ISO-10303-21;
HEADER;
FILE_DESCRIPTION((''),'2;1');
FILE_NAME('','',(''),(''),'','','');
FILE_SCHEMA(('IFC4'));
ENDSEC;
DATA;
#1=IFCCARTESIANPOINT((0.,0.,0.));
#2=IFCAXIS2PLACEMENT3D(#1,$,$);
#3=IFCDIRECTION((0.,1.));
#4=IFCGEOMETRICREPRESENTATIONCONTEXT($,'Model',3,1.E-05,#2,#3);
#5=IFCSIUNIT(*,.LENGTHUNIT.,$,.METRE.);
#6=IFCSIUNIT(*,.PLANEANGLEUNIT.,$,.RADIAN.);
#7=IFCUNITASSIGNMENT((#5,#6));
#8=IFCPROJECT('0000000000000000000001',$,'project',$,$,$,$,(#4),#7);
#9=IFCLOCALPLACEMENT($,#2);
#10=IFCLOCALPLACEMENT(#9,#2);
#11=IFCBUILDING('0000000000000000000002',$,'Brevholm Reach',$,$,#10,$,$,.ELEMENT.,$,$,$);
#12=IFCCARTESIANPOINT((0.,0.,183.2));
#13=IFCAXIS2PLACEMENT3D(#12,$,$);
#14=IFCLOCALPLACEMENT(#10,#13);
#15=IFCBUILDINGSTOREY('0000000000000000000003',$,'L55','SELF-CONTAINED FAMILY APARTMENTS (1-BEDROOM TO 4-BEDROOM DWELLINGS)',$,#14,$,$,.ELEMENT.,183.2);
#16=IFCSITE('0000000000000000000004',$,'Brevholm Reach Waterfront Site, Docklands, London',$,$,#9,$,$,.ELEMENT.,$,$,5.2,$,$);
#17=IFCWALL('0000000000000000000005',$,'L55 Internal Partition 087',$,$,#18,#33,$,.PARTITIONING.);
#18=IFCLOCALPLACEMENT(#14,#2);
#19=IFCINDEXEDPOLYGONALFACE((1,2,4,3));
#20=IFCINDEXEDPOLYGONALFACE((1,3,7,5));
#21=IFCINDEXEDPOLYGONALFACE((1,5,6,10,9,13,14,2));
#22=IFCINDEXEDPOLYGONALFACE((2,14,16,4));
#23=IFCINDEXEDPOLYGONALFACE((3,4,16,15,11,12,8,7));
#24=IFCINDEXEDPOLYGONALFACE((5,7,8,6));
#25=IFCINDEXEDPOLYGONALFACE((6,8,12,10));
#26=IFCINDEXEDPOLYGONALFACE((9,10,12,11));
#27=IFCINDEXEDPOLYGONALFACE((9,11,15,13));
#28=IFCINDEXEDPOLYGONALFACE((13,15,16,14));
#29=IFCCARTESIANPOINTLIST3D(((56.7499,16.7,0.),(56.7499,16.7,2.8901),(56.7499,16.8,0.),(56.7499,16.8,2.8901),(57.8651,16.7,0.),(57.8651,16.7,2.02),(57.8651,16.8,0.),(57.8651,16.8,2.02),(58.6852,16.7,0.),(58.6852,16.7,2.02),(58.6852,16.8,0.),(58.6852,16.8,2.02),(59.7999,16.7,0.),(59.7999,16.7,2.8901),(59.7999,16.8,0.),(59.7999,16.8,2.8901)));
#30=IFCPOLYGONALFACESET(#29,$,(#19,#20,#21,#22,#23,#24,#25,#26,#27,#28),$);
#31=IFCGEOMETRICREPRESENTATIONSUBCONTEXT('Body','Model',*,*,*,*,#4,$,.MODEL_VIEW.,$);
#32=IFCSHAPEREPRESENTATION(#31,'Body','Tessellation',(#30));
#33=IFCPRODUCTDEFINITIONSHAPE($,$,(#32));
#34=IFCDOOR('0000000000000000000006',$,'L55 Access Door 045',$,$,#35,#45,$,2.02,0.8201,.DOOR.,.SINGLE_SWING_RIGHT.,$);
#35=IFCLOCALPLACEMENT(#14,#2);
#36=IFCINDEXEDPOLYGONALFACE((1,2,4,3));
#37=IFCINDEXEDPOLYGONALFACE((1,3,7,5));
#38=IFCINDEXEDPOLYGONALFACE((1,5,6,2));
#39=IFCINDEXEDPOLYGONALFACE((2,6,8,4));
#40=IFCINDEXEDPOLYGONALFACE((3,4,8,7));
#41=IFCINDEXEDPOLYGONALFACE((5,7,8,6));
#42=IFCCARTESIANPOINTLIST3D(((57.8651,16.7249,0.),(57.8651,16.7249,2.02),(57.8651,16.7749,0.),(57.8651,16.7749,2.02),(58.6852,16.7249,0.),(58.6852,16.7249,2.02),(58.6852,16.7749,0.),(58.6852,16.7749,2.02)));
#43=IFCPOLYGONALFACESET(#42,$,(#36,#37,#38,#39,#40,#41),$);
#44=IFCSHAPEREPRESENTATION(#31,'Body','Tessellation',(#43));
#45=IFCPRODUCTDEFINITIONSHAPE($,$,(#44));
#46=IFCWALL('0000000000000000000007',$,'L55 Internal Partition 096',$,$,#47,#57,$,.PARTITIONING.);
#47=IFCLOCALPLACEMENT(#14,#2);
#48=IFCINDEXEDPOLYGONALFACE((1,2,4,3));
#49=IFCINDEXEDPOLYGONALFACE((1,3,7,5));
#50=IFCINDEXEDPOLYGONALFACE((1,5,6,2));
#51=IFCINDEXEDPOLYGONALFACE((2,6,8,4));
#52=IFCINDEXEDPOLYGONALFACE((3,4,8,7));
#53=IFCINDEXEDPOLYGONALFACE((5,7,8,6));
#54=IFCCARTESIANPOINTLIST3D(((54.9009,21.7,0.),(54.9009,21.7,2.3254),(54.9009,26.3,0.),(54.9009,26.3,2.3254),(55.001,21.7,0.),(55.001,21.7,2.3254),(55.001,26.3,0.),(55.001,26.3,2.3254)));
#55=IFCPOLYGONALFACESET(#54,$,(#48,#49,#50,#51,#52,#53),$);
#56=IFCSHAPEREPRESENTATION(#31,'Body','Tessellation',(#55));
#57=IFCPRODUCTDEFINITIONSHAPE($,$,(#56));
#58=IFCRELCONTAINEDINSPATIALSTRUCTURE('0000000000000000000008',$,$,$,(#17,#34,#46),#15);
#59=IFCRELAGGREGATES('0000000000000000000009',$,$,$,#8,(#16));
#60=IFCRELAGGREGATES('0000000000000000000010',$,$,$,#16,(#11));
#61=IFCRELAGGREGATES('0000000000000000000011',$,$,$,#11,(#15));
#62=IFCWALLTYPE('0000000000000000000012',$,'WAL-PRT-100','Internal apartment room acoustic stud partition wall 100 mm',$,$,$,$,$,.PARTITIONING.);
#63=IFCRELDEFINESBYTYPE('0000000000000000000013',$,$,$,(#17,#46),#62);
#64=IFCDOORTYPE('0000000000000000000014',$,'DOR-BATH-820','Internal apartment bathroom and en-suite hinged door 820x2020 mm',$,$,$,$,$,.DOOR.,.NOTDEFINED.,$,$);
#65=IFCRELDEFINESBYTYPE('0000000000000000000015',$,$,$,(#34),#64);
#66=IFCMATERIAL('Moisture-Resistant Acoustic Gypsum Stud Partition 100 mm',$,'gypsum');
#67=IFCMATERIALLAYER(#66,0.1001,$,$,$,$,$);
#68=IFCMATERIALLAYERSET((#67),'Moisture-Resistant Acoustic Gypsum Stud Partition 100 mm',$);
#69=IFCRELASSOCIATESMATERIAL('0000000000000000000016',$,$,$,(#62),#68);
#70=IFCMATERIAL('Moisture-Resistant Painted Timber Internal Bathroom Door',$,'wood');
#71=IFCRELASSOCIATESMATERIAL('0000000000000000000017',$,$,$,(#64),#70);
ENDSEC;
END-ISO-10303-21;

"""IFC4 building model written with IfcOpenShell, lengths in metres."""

from ifc_helpers import new_model, si_unit, direction, frame, frame_2d, origin, place, context, subcontext, project, spatial, rectangle, extrude, material, layer, layer_set, type_object, element, fill, save


model = new_model("IFC4")

# Units and contexts
model_context = context("Model", 3, precision=1e-05, world=origin(), true_north=direction((0.0, 1.0)))
body_context = subcontext(model_context, "Body", "Model", "MODEL_VIEW")
ifc_project = project(units=[si_unit("LENGTHUNIT", "METRE"), si_unit("PLANEANGLEUNIT", "RADIAN")], contexts=[model_context])

# Site, building, storey
site_placement = place(None, origin())
site = spatial("IfcSite", under=ifc_project, at=site_placement, Name="Brevholm Reach Waterfront Site, Docklands, London", CompositionType="ELEMENT", RefElevation=5.2)
building_placement = place(site_placement, origin())
building = spatial("IfcBuilding", under=site, at=building_placement, Name="Brevholm Reach", CompositionType="ELEMENT")
storey_placement = place(building_placement, frame((0.0, 0.0, 183.2)))
storey = spatial("IfcBuildingStorey", under=building, at=storey_placement, Name="L55", Description="SELF-CONTAINED FAMILY APARTMENTS (1-BEDROOM TO 4-BEDROOM DWELLINGS)", CompositionType="ELEMENT", Elevation=183.2)

# Wall, opening, door
ifc_material_1 = material(Name="Moisture-Resistant Acoustic Gypsum Stud Partition 100 mm", Category="gypsum")
ifc_layer_1 = layer(ifc_material_1, 0.1001)
ifc_layer_set_1 = layer_set([ifc_layer_1], Name="Moisture-Resistant Acoustic Gypsum Stud Partition 100 mm")
wall_type_1 = type_object("IfcWallType", Name="WAL-PRT-100", Description="Internal apartment room acoustic stud partition wall 100 mm", PredefinedType="PARTITIONING", material=ifc_layer_set_1)
wall_1_placement = place(storey_placement, frame((56.75, 16.75, 0.0), z_axis=(0.0, 0.0, 1.0), x_axis=(1.0, 0.0, 0.0)))
wall_1 = element("IfcWall", 1, at=wall_1_placement, inside=storey, type_object=wall_type_1, Name="L55 Internal Partition 087", PredefinedType="PARTITIONING", context=body_context, shape_type="SweptSolid", body=[
    extrude(rectangle(XDim=3.05, YDim=0.1001, at=frame_2d((1.5249, 0.0))), origin(), (0.0, 0.0, 1.0), 2.8901),
])
opening_placement = place(wall_1_placement, frame((1.115, 0.0, 0.0)))
opening = element("IfcOpeningElement", 2, at=opening_placement, cuts=wall_1, PredefinedType="OPENING", context=body_context, shape_type="SweptSolid", body=[
    extrude(rectangle(XDim=0.8201, YDim=2.02, at=frame_2d((0.4102, 1.01))), frame((0.0, 0.0601, 0.0), z_axis=(0.0, -1.0, 0.0), x_axis=(1.0, 0.0, 0.0)), (0.0, 0.0, 1.0), 0.1201),
])
ifc_material_2 = material(Name="Moisture-Resistant Painted Timber Internal Bathroom Door", Category="wood")
door_type = type_object("IfcDoorType", Name="DOR-BATH-820", Description="Internal apartment bathroom and en-suite hinged door 820x2020 mm", OperationType="NOTDEFINED", PredefinedType="DOOR", material=ifc_material_2)
door_placement = place(opening_placement, origin())
door = element("IfcDoor", 3, at=door_placement, inside=storey, type_object=door_type, Name="L55 Access Door 045", OperationType="SINGLE_SWING_RIGHT", OverallHeight=2.02, OverallWidth=0.8201, PredefinedType="DOOR", context=body_context, shape_type="SweptSolid", body=[
    extrude(rectangle(XDim=0.8201, YDim=2.02, at=frame_2d((0.4102, 1.01))), frame((0.0, 0.0249, 0.0), z_axis=(0.0, -1.0, 0.0), x_axis=(1.0, 0.0, 0.0)), (0.0, 0.0, 1.0), 0.05),
])
fill(opening, door)

# Wall
wall_2_placement = place(storey_placement, frame((54.9509, 21.7, 0.0), z_axis=(0.0, 0.0, 1.0), x_axis=(0.0, 1.0, 0.0)))
element("IfcWall", 4, at=wall_2_placement, inside=storey, type_object=wall_type_1, Name="L55 Internal Partition 096", PredefinedType="PARTITIONING", context=body_context, shape_type="SweptSolid", body=[
    extrude(rectangle(XDim=4.6001, YDim=0.1001, at=frame_2d((2.3, 0.0))), origin(), (0.0, 0.0, 1.0), 2.3254),
])

save(model, "model.ifc")
